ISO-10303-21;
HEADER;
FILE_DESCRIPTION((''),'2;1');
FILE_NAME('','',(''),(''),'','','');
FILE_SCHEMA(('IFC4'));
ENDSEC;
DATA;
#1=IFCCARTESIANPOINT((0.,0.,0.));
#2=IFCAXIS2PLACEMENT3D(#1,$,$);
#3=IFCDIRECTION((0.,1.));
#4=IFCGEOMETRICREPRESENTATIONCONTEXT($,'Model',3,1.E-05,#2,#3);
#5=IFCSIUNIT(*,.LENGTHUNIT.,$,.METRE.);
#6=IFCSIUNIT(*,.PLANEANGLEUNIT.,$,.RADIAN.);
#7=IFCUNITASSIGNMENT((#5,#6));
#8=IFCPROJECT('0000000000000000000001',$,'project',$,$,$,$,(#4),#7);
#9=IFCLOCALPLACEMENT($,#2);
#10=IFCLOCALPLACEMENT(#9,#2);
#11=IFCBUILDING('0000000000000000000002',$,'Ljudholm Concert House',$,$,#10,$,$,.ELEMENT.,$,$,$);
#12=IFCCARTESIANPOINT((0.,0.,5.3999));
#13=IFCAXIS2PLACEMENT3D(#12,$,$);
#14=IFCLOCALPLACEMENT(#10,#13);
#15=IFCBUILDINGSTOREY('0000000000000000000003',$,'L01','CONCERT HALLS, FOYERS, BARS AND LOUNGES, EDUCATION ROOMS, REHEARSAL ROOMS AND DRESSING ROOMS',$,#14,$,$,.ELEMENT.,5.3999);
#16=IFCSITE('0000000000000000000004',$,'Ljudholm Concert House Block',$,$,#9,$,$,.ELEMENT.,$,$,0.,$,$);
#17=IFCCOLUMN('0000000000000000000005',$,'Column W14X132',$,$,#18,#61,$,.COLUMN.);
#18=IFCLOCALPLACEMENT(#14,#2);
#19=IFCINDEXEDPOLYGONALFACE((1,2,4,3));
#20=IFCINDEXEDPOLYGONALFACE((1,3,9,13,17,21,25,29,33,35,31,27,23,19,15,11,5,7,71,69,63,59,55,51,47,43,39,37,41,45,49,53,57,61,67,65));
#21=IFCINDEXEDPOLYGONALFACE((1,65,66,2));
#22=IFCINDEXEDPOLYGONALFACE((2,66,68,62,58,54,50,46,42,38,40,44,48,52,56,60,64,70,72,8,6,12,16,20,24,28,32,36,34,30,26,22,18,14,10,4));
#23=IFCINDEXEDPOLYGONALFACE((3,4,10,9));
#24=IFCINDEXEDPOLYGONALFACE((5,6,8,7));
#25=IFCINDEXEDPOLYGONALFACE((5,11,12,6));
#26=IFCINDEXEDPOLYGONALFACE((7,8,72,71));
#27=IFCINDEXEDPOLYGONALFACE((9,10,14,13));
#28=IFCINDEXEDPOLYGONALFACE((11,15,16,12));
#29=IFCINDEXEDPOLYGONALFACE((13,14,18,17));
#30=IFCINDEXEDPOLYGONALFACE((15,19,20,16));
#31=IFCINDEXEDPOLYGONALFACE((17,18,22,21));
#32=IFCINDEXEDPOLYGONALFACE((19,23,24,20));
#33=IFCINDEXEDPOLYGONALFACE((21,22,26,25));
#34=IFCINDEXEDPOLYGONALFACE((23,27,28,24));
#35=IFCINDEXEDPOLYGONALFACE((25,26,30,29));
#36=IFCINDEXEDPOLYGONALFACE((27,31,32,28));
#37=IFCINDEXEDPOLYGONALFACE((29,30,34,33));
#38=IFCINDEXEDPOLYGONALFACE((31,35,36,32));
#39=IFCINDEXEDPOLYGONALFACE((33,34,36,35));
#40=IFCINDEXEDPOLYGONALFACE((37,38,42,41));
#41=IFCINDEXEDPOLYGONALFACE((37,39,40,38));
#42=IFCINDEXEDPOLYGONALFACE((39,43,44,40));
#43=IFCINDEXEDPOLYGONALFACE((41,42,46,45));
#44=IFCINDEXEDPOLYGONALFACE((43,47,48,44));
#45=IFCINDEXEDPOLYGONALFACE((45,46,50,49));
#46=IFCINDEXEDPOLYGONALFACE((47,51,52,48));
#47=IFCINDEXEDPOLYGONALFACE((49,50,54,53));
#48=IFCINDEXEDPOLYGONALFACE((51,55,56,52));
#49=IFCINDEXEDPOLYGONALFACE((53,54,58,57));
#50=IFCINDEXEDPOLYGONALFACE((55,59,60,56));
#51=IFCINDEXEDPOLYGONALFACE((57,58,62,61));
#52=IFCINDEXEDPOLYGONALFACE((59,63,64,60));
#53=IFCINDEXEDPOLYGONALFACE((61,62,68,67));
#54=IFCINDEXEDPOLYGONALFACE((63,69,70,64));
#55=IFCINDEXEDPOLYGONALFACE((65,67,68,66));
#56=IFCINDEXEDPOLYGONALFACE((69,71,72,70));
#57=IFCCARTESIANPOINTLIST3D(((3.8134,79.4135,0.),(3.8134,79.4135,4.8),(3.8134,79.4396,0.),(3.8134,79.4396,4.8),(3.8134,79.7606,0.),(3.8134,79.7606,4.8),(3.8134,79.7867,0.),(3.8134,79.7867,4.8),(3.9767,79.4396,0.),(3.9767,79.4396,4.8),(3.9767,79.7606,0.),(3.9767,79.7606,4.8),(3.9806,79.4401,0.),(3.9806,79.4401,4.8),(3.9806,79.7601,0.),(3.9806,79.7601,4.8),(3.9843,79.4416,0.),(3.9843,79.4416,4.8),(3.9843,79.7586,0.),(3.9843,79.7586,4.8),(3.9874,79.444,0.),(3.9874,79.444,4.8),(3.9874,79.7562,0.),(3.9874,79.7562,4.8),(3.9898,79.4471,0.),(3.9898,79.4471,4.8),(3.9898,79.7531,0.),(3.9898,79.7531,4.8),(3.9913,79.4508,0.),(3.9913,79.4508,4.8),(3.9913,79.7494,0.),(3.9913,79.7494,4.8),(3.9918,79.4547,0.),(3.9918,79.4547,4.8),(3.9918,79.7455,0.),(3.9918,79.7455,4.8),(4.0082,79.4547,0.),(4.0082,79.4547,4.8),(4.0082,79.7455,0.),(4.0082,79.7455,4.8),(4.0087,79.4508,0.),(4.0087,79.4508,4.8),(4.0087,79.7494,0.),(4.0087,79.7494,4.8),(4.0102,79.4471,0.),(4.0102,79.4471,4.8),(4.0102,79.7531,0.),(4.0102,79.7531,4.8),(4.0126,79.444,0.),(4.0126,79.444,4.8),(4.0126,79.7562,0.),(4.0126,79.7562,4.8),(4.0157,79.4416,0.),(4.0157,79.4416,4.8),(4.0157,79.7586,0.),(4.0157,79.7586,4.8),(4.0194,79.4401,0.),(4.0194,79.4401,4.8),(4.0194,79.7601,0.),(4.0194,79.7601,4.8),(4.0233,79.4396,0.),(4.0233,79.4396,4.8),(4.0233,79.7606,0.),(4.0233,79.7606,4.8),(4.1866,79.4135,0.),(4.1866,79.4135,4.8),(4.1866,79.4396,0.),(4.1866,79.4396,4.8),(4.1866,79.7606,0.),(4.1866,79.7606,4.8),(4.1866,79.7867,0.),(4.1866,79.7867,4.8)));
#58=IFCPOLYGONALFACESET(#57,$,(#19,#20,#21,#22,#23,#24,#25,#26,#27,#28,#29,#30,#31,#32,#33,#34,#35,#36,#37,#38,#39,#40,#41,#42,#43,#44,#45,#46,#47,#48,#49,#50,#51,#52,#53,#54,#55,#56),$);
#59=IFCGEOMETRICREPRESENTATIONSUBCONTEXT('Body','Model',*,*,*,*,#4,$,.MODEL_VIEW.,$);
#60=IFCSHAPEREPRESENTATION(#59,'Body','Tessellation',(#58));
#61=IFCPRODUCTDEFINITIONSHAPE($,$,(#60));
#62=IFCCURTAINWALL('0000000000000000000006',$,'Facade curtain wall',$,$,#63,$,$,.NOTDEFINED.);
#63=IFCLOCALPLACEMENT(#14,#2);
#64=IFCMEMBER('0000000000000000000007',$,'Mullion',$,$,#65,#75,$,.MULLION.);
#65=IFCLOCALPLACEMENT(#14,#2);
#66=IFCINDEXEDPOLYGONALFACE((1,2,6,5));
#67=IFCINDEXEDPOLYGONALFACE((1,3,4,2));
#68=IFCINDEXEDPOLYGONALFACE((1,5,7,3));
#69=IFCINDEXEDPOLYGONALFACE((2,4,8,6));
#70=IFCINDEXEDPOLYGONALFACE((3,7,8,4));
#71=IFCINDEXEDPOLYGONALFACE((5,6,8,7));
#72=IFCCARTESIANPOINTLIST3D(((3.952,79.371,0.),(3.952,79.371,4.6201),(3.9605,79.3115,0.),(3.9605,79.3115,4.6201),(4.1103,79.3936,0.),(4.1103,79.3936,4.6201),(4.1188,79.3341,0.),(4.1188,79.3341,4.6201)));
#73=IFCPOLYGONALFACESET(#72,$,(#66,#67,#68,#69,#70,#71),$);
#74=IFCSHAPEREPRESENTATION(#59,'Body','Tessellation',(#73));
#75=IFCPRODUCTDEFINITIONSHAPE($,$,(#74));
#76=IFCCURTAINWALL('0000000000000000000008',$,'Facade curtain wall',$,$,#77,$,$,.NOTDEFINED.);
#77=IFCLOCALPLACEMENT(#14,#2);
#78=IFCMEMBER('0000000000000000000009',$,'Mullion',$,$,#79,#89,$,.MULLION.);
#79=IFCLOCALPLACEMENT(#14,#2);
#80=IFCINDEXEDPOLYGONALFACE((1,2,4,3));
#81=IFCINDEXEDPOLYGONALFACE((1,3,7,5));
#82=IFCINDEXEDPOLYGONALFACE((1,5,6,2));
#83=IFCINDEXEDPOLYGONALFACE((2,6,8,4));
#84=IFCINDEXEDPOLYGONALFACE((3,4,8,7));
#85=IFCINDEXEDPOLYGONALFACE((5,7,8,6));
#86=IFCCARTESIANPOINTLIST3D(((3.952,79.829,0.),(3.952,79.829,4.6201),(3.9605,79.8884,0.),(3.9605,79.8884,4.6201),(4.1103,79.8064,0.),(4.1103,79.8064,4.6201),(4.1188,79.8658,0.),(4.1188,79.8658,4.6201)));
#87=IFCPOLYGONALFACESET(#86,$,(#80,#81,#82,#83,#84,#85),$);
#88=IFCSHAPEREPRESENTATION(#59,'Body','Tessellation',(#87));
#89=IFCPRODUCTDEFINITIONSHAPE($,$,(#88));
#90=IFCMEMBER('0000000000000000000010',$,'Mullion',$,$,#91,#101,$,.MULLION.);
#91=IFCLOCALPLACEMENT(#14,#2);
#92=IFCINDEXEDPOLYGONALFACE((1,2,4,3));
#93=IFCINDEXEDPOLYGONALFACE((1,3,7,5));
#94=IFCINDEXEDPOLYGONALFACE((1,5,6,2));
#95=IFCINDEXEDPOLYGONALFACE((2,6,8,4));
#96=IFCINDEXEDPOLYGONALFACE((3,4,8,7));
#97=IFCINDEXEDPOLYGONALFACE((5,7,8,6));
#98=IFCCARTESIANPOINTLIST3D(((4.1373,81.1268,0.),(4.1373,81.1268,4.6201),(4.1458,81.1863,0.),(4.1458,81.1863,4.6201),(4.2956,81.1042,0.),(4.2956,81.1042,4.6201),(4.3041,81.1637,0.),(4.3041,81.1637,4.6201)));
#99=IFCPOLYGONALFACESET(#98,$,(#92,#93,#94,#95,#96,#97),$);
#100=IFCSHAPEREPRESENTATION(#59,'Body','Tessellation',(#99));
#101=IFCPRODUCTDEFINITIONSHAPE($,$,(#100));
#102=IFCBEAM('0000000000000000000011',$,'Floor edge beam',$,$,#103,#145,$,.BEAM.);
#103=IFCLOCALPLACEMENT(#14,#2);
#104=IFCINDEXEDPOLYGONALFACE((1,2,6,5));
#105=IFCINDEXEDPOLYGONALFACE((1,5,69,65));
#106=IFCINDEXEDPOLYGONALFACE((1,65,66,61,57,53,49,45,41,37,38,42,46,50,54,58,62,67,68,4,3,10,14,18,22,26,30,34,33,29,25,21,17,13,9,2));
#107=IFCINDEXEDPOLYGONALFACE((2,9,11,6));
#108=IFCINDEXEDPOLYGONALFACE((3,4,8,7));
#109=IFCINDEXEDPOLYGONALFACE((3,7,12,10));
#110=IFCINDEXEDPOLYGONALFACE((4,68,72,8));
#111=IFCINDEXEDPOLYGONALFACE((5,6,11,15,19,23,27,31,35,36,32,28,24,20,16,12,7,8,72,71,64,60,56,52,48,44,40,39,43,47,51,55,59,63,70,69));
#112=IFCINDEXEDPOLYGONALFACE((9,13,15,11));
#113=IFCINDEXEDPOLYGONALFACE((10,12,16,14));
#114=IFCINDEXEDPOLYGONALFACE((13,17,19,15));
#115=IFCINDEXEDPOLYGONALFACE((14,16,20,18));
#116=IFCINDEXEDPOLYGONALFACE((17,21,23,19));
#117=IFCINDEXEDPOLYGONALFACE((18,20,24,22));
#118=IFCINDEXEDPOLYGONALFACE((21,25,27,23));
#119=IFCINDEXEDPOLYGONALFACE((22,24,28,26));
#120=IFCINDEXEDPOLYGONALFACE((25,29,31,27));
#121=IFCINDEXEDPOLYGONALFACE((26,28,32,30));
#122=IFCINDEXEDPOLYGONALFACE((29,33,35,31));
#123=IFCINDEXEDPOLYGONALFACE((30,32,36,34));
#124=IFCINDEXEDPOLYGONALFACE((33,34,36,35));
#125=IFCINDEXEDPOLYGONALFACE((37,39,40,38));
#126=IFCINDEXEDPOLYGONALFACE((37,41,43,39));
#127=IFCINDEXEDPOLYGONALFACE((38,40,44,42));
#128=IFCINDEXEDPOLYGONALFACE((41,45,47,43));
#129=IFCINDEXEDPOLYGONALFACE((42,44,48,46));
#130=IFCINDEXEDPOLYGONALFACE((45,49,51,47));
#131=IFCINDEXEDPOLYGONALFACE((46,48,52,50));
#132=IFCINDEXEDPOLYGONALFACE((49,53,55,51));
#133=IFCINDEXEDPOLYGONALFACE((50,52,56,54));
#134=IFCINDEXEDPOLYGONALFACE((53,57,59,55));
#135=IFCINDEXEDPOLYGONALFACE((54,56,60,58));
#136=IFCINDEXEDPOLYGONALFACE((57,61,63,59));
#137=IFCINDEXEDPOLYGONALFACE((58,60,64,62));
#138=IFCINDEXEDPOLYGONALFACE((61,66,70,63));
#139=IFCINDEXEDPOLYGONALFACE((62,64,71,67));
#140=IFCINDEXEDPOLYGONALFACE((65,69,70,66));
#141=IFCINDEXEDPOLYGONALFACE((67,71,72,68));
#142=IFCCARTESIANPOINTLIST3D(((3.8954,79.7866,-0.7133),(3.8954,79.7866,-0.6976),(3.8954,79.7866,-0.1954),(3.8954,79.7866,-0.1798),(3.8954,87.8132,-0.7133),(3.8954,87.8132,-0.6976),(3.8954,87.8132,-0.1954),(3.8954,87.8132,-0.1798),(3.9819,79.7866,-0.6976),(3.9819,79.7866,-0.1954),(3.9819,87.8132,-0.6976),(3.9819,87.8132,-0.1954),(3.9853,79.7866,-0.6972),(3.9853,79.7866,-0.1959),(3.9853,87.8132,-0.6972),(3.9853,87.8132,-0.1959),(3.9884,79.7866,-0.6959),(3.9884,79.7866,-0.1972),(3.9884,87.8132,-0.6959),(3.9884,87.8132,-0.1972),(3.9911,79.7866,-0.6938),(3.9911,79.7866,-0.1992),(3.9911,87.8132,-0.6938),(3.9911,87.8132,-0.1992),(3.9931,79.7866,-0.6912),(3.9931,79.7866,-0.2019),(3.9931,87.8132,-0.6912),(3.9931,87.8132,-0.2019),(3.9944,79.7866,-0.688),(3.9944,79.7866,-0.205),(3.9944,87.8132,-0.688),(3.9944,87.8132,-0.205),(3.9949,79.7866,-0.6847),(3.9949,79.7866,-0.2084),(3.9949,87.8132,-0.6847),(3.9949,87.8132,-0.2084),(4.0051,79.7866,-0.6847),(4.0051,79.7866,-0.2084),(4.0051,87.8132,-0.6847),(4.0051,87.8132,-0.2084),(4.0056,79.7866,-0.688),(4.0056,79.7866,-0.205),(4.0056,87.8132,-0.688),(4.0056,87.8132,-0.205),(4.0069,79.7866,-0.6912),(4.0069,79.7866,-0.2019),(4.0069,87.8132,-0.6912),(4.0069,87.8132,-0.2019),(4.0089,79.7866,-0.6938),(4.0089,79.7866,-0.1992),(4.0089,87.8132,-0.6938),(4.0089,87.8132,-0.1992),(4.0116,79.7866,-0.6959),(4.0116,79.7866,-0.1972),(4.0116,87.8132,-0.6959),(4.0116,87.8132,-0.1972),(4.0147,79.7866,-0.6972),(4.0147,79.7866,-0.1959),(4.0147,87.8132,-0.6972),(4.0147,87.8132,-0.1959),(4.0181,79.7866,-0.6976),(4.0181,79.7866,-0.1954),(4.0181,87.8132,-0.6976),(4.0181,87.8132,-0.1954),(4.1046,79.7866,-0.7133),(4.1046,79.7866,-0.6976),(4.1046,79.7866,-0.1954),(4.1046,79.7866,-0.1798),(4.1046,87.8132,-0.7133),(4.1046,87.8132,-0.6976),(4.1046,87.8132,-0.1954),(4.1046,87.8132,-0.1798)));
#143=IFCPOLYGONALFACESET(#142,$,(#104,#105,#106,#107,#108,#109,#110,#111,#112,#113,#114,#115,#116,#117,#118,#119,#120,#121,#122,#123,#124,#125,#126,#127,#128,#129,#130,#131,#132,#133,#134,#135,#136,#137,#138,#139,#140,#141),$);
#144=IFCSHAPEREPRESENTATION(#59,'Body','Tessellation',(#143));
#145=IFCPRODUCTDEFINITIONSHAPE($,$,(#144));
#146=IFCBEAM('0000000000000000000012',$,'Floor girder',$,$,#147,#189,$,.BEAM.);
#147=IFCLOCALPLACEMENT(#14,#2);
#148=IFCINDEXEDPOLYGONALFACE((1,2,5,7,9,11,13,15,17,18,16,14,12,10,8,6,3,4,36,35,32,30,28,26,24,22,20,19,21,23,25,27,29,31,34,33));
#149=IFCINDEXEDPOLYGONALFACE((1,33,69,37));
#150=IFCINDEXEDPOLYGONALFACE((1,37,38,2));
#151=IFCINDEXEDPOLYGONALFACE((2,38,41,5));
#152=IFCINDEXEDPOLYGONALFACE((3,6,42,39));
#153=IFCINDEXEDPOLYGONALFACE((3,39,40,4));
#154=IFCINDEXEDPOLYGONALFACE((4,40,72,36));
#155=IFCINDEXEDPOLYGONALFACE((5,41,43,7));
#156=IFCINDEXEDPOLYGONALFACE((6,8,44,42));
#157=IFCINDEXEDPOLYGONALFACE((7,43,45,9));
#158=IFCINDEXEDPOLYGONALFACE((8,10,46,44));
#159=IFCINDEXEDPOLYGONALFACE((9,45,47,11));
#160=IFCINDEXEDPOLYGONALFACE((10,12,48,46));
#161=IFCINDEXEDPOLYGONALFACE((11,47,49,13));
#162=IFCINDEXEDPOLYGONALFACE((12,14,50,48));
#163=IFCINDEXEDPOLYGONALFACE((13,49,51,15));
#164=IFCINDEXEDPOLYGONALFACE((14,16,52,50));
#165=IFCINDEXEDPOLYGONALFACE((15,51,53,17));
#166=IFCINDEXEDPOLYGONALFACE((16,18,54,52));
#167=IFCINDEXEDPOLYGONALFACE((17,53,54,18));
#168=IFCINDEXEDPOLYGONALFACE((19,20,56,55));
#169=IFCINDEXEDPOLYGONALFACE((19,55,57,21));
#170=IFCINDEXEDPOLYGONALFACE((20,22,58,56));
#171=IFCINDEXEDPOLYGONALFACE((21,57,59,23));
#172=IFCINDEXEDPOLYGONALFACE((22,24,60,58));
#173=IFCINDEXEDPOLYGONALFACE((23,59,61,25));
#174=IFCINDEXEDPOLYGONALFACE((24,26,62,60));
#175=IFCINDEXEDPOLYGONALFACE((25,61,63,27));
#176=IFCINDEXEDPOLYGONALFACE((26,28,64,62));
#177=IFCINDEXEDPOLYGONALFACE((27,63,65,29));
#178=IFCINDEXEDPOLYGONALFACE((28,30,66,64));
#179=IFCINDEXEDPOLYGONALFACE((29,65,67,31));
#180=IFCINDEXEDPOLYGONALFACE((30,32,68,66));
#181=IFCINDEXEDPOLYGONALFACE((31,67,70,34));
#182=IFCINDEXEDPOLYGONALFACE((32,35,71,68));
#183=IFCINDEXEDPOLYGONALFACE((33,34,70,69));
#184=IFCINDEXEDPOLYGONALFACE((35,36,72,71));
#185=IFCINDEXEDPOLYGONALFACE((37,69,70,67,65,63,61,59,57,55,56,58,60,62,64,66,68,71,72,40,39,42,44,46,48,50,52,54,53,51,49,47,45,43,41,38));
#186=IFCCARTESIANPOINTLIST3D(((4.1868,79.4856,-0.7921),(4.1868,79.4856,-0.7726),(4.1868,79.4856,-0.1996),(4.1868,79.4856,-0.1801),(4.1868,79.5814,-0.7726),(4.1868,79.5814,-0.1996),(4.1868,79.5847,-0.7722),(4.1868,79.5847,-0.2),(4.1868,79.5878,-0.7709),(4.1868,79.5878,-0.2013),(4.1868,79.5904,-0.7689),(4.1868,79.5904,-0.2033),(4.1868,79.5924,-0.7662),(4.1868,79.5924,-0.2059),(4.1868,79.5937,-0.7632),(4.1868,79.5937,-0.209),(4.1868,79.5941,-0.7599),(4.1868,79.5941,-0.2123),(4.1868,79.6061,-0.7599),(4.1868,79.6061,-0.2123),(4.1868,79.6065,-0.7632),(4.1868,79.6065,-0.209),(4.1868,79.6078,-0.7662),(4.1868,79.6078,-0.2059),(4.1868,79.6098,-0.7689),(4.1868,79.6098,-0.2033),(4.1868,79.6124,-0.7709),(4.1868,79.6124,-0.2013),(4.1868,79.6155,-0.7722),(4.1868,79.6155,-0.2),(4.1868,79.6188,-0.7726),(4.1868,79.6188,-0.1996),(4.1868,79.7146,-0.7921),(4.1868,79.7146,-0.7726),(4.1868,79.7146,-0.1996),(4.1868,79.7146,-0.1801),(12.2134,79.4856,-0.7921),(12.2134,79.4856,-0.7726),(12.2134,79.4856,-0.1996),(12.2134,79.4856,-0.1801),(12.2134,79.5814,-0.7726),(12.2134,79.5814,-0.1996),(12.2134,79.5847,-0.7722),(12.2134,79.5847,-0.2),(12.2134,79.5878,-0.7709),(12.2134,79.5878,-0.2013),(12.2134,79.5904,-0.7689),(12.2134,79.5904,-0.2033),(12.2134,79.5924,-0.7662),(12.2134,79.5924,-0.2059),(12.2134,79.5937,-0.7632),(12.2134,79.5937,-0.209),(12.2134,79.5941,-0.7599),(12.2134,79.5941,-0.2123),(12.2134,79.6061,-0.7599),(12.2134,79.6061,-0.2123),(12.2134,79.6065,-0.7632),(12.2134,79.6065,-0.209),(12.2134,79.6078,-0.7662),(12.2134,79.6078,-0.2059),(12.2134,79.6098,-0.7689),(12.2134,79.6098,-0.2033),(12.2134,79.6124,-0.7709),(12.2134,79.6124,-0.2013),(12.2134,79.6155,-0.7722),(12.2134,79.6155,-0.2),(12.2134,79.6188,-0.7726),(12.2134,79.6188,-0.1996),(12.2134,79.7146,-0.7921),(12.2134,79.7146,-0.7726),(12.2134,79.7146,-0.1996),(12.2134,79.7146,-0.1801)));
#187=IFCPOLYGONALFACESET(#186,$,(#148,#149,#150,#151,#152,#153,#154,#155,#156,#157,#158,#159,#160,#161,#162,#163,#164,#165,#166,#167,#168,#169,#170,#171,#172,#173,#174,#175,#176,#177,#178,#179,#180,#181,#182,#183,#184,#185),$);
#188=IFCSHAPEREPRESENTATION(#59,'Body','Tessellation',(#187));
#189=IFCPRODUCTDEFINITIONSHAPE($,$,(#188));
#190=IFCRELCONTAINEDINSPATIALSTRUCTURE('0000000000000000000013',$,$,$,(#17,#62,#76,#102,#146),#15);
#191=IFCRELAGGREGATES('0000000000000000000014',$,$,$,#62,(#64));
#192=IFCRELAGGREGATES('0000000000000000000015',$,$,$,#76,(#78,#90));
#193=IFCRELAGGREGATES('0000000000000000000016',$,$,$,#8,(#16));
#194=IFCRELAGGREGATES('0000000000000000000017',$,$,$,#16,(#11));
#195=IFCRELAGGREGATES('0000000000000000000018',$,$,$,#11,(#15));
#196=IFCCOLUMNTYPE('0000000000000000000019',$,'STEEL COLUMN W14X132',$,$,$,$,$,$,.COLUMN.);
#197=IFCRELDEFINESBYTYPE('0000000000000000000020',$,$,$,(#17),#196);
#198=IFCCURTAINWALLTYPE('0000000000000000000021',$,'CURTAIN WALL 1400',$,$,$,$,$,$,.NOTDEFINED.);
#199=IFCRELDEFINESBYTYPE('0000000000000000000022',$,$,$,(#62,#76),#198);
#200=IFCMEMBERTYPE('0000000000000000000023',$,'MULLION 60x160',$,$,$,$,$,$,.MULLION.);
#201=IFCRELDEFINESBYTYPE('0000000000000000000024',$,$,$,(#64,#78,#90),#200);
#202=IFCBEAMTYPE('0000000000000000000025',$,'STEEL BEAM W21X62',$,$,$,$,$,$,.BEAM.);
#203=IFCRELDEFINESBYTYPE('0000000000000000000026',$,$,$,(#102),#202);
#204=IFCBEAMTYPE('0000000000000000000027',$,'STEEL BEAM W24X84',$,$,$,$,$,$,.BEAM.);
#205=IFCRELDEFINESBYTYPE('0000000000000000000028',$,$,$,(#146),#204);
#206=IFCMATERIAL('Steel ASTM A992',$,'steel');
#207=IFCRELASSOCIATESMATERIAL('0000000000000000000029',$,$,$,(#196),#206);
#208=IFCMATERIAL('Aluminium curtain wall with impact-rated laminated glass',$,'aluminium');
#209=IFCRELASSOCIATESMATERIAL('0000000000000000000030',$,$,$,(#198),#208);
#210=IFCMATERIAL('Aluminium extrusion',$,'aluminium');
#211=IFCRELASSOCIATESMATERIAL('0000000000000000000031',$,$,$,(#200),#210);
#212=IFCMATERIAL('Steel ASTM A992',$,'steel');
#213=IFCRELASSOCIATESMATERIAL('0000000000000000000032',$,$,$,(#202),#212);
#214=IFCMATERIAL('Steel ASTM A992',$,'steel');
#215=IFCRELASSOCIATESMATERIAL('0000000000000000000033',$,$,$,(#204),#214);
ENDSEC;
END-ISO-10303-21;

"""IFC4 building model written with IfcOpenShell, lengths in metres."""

from ifc_helpers import new_model, si_unit, direction, frame, origin, origin_2d, place, context, subcontext, project, spatial, rectangle, i_section, extrude, material, material_profile, profile_set, type_object, element, aggregate, save


model = new_model("IFC4")

# Units and contexts
model_context = context("Model", 3, precision=1e-05, world=origin(), true_north=direction((0.0, 1.0)))
body_context = subcontext(model_context, "Body", "Model", "MODEL_VIEW")
ifc_project = project(units=[si_unit("LENGTHUNIT", "METRE"), si_unit("PLANEANGLEUNIT", "RADIAN")], contexts=[model_context])

# Site, building, storey
site_placement = place(None, origin())
site = spatial("IfcSite", under=ifc_project, at=site_placement, Name="Ljudholm Concert House Block", CompositionType="ELEMENT", RefElevation=0.0)
building_placement = place(site_placement, origin())
building = spatial("IfcBuilding", under=site, at=building_placement, Name="Ljudholm Concert House", CompositionType="ELEMENT")
storey_placement = place(building_placement, frame((0.0, 0.0, 5.3999)))
storey = spatial("IfcBuildingStorey", under=building, at=storey_placement, Name="L01", Description="CONCERT HALLS, FOYERS, BARS AND LOUNGES, EDUCATION ROOMS, REHEARSAL ROOMS AND DRESSING ROOMS", CompositionType="ELEMENT", Elevation=5.3999)

# Column
ifc_material_1 = material(Name="Steel ASTM A992", Category="steel")
ifc_material_profile_1 = material_profile(ifc_material_1, i_section(OverallWidth=0.3733, OverallDepth=0.3733, WebThickness=0.0164, FlangeThickness=0.0261, FilletRadius=0.0151, at=origin_2d()), Name="W14X132")
ifc_profile_set_1 = profile_set([ifc_material_profile_1], Name="Steel ASTM A992")
column_type = type_object("IfcColumnType", Name="STEEL COLUMN W14X132", PredefinedType="COLUMN", material=ifc_profile_set_1)
column_placement = place(storey_placement, frame((4.0, 79.6001, 0.0), z_axis=(0.0, 0.0, 1.0), x_axis=(1.0, 0.0, 0.0)))
element("IfcColumn", 1, at=column_placement, inside=storey, type_object=column_type, Name="Column W14X132", PredefinedType="COLUMN", context=body_context, shape_type="SweptSolid", body=[
    extrude(i_section(OverallWidth=0.3733, OverallDepth=0.3733, WebThickness=0.0164, FlangeThickness=0.0261, FilletRadius=0.0151, at=origin_2d()), origin(), (0.0, 0.0, 1.0), 4.8),
])

# Curtain wall, member
ifc_material_2 = material(Name="Aluminium curtain wall with impact-rated laminated glass", Category="aluminium")
curtain_wall_type = type_object("IfcCurtainWallType", Name="CURTAIN WALL 1400", PredefinedType="NOTDEFINED", material=ifc_material_2)
curtain_wall_1_placement = place(storey_placement, origin())
curtain_wall_1 = element("IfcCurtainWall", 2, at=curtain_wall_1_placement, inside=storey, type_object=curtain_wall_type, Name="Facade curtain wall", PredefinedType="NOTDEFINED")
ifc_material_3 = material(Name="Aluminium extrusion", Category="aluminium")
ifc_material_profile_2 = material_profile(ifc_material_3, rectangle(XDim=0.1599, YDim=0.0601, at=origin_2d()), Name="MULLION 60x160")
ifc_profile_set_2 = profile_set([ifc_material_profile_2], Name="Aluminium extrusion")
member_type_1 = type_object("IfcMemberType", Name="MULLION 60x160", PredefinedType="MULLION", material=ifc_profile_set_2)
member_1_placement = place(storey_placement, frame((4.0354, 79.3525, 0.0), z_axis=(0.0, 0.0, 1.0), x_axis=(-0.989949, -0.141421, 0.0)))
member_1 = element("IfcMember", 3, at=member_1_placement, type_object=member_type_1, Name="Mullion", PredefinedType="MULLION", context=body_context, shape_type="SweptSolid", body=[
    extrude(rectangle(XDim=0.1599, YDim=0.0601, at=origin_2d()), origin(), (0.0, 0.0, 1.0), 4.6201),
])

# Curtain wall, members
curtain_wall_2_placement = place(storey_placement, origin())
curtain_wall_2 = element("IfcCurtainWall", 4, at=curtain_wall_2_placement, inside=storey, type_object=curtain_wall_type, Name="Facade curtain wall", PredefinedType="NOTDEFINED")
member_2_placement = place(storey_placement, frame((4.0354, 79.8474, 0.0), z_axis=(0.0, 0.0, 1.0), x_axis=(-0.989949, 0.141421, 0.0)))
member_2 = element("IfcMember", 5, at=member_2_placement, type_object=member_type_1, Name="Mullion", PredefinedType="MULLION", context=body_context, shape_type="SweptSolid", body=[
    extrude(rectangle(XDim=0.1599, YDim=0.0601, at=origin_2d()), origin(), (0.0, 0.0, 1.0), 4.6201),
])
member_3_placement = place(storey_placement, frame((4.2207, 81.1453, 0.0), z_axis=(0.0, 0.0, 1.0), x_axis=(-0.989949, 0.141421, 0.0)))
member_3 = element("IfcMember", 6, at=member_3_placement, type_object=member_type_1, Name="Mullion", PredefinedType="MULLION", context=body_context, shape_type="SweptSolid", body=[
    extrude(rectangle(XDim=0.1599, YDim=0.0601, at=origin_2d()), origin(), (0.0, 0.0, 1.0), 4.6201),
])

# Beams
ifc_material_4 = material(Name="Steel ASTM A992", Category="steel")
ifc_material_profile_3 = material_profile(ifc_material_4, i_section(OverallWidth=0.2092, OverallDepth=0.5334, WebThickness=0.0103, FlangeThickness=0.0156, FilletRadius=0.0129, at=origin_2d()), Name="W21X62")
ifc_profile_set_3 = profile_set([ifc_material_profile_3], Name="Steel ASTM A992")
beam_type_1 = type_object("IfcBeamType", Name="STEEL BEAM W21X62", PredefinedType="BEAM", material=ifc_profile_set_3)
beam_1_placement = place(storey_placement, frame((4.0, 79.7866, -0.4465), z_axis=(0.0, 1.0, 0.0), x_axis=(-1.0, 0.0, 0.0)))
element("IfcBeam", 7, at=beam_1_placement, inside=storey, type_object=beam_type_1, Name="Floor edge beam", PredefinedType="BEAM", context=body_context, shape_type="SweptSolid", body=[
    extrude(i_section(OverallWidth=0.2092, OverallDepth=0.5334, WebThickness=0.0103, FlangeThickness=0.0156, FilletRadius=0.0129, at=origin_2d()), origin(), (0.0, 0.0, 1.0), 8.0266),
])
ifc_material_5 = material(Name="Steel ASTM A992", Category="steel")
ifc_material_profile_4 = material_profile(ifc_material_5, i_section(OverallWidth=0.229, OverallDepth=0.6121, WebThickness=0.012, FlangeThickness=0.0195, FilletRadius=0.0127, at=origin_2d()), Name="W24X84")
ifc_profile_set_4 = profile_set([ifc_material_profile_4], Name="Steel ASTM A992")
beam_type_2 = type_object("IfcBeamType", Name="STEEL BEAM W24X84", PredefinedType="BEAM", material=ifc_profile_set_4)
beam_2_placement = place(storey_placement, frame((4.1868, 79.6001, -0.4861), z_axis=(1.0, 0.0, 0.0), x_axis=(0.0, 1.0, 0.0)))
element("IfcBeam", 8, at=beam_2_placement, inside=storey, type_object=beam_type_2, Name="Floor girder", PredefinedType="BEAM", context=body_context, shape_type="SweptSolid", body=[
    extrude(i_section(OverallWidth=0.229, OverallDepth=0.6121, WebThickness=0.012, FlangeThickness=0.0195, FilletRadius=0.0127, at=origin_2d()), origin(), (0.0, 0.0, 1.0), 8.0266),
])

aggregate(curtain_wall_1, [member_1])
aggregate(curtain_wall_2, [member_2, member_3])

save(model, "model.ifc")
